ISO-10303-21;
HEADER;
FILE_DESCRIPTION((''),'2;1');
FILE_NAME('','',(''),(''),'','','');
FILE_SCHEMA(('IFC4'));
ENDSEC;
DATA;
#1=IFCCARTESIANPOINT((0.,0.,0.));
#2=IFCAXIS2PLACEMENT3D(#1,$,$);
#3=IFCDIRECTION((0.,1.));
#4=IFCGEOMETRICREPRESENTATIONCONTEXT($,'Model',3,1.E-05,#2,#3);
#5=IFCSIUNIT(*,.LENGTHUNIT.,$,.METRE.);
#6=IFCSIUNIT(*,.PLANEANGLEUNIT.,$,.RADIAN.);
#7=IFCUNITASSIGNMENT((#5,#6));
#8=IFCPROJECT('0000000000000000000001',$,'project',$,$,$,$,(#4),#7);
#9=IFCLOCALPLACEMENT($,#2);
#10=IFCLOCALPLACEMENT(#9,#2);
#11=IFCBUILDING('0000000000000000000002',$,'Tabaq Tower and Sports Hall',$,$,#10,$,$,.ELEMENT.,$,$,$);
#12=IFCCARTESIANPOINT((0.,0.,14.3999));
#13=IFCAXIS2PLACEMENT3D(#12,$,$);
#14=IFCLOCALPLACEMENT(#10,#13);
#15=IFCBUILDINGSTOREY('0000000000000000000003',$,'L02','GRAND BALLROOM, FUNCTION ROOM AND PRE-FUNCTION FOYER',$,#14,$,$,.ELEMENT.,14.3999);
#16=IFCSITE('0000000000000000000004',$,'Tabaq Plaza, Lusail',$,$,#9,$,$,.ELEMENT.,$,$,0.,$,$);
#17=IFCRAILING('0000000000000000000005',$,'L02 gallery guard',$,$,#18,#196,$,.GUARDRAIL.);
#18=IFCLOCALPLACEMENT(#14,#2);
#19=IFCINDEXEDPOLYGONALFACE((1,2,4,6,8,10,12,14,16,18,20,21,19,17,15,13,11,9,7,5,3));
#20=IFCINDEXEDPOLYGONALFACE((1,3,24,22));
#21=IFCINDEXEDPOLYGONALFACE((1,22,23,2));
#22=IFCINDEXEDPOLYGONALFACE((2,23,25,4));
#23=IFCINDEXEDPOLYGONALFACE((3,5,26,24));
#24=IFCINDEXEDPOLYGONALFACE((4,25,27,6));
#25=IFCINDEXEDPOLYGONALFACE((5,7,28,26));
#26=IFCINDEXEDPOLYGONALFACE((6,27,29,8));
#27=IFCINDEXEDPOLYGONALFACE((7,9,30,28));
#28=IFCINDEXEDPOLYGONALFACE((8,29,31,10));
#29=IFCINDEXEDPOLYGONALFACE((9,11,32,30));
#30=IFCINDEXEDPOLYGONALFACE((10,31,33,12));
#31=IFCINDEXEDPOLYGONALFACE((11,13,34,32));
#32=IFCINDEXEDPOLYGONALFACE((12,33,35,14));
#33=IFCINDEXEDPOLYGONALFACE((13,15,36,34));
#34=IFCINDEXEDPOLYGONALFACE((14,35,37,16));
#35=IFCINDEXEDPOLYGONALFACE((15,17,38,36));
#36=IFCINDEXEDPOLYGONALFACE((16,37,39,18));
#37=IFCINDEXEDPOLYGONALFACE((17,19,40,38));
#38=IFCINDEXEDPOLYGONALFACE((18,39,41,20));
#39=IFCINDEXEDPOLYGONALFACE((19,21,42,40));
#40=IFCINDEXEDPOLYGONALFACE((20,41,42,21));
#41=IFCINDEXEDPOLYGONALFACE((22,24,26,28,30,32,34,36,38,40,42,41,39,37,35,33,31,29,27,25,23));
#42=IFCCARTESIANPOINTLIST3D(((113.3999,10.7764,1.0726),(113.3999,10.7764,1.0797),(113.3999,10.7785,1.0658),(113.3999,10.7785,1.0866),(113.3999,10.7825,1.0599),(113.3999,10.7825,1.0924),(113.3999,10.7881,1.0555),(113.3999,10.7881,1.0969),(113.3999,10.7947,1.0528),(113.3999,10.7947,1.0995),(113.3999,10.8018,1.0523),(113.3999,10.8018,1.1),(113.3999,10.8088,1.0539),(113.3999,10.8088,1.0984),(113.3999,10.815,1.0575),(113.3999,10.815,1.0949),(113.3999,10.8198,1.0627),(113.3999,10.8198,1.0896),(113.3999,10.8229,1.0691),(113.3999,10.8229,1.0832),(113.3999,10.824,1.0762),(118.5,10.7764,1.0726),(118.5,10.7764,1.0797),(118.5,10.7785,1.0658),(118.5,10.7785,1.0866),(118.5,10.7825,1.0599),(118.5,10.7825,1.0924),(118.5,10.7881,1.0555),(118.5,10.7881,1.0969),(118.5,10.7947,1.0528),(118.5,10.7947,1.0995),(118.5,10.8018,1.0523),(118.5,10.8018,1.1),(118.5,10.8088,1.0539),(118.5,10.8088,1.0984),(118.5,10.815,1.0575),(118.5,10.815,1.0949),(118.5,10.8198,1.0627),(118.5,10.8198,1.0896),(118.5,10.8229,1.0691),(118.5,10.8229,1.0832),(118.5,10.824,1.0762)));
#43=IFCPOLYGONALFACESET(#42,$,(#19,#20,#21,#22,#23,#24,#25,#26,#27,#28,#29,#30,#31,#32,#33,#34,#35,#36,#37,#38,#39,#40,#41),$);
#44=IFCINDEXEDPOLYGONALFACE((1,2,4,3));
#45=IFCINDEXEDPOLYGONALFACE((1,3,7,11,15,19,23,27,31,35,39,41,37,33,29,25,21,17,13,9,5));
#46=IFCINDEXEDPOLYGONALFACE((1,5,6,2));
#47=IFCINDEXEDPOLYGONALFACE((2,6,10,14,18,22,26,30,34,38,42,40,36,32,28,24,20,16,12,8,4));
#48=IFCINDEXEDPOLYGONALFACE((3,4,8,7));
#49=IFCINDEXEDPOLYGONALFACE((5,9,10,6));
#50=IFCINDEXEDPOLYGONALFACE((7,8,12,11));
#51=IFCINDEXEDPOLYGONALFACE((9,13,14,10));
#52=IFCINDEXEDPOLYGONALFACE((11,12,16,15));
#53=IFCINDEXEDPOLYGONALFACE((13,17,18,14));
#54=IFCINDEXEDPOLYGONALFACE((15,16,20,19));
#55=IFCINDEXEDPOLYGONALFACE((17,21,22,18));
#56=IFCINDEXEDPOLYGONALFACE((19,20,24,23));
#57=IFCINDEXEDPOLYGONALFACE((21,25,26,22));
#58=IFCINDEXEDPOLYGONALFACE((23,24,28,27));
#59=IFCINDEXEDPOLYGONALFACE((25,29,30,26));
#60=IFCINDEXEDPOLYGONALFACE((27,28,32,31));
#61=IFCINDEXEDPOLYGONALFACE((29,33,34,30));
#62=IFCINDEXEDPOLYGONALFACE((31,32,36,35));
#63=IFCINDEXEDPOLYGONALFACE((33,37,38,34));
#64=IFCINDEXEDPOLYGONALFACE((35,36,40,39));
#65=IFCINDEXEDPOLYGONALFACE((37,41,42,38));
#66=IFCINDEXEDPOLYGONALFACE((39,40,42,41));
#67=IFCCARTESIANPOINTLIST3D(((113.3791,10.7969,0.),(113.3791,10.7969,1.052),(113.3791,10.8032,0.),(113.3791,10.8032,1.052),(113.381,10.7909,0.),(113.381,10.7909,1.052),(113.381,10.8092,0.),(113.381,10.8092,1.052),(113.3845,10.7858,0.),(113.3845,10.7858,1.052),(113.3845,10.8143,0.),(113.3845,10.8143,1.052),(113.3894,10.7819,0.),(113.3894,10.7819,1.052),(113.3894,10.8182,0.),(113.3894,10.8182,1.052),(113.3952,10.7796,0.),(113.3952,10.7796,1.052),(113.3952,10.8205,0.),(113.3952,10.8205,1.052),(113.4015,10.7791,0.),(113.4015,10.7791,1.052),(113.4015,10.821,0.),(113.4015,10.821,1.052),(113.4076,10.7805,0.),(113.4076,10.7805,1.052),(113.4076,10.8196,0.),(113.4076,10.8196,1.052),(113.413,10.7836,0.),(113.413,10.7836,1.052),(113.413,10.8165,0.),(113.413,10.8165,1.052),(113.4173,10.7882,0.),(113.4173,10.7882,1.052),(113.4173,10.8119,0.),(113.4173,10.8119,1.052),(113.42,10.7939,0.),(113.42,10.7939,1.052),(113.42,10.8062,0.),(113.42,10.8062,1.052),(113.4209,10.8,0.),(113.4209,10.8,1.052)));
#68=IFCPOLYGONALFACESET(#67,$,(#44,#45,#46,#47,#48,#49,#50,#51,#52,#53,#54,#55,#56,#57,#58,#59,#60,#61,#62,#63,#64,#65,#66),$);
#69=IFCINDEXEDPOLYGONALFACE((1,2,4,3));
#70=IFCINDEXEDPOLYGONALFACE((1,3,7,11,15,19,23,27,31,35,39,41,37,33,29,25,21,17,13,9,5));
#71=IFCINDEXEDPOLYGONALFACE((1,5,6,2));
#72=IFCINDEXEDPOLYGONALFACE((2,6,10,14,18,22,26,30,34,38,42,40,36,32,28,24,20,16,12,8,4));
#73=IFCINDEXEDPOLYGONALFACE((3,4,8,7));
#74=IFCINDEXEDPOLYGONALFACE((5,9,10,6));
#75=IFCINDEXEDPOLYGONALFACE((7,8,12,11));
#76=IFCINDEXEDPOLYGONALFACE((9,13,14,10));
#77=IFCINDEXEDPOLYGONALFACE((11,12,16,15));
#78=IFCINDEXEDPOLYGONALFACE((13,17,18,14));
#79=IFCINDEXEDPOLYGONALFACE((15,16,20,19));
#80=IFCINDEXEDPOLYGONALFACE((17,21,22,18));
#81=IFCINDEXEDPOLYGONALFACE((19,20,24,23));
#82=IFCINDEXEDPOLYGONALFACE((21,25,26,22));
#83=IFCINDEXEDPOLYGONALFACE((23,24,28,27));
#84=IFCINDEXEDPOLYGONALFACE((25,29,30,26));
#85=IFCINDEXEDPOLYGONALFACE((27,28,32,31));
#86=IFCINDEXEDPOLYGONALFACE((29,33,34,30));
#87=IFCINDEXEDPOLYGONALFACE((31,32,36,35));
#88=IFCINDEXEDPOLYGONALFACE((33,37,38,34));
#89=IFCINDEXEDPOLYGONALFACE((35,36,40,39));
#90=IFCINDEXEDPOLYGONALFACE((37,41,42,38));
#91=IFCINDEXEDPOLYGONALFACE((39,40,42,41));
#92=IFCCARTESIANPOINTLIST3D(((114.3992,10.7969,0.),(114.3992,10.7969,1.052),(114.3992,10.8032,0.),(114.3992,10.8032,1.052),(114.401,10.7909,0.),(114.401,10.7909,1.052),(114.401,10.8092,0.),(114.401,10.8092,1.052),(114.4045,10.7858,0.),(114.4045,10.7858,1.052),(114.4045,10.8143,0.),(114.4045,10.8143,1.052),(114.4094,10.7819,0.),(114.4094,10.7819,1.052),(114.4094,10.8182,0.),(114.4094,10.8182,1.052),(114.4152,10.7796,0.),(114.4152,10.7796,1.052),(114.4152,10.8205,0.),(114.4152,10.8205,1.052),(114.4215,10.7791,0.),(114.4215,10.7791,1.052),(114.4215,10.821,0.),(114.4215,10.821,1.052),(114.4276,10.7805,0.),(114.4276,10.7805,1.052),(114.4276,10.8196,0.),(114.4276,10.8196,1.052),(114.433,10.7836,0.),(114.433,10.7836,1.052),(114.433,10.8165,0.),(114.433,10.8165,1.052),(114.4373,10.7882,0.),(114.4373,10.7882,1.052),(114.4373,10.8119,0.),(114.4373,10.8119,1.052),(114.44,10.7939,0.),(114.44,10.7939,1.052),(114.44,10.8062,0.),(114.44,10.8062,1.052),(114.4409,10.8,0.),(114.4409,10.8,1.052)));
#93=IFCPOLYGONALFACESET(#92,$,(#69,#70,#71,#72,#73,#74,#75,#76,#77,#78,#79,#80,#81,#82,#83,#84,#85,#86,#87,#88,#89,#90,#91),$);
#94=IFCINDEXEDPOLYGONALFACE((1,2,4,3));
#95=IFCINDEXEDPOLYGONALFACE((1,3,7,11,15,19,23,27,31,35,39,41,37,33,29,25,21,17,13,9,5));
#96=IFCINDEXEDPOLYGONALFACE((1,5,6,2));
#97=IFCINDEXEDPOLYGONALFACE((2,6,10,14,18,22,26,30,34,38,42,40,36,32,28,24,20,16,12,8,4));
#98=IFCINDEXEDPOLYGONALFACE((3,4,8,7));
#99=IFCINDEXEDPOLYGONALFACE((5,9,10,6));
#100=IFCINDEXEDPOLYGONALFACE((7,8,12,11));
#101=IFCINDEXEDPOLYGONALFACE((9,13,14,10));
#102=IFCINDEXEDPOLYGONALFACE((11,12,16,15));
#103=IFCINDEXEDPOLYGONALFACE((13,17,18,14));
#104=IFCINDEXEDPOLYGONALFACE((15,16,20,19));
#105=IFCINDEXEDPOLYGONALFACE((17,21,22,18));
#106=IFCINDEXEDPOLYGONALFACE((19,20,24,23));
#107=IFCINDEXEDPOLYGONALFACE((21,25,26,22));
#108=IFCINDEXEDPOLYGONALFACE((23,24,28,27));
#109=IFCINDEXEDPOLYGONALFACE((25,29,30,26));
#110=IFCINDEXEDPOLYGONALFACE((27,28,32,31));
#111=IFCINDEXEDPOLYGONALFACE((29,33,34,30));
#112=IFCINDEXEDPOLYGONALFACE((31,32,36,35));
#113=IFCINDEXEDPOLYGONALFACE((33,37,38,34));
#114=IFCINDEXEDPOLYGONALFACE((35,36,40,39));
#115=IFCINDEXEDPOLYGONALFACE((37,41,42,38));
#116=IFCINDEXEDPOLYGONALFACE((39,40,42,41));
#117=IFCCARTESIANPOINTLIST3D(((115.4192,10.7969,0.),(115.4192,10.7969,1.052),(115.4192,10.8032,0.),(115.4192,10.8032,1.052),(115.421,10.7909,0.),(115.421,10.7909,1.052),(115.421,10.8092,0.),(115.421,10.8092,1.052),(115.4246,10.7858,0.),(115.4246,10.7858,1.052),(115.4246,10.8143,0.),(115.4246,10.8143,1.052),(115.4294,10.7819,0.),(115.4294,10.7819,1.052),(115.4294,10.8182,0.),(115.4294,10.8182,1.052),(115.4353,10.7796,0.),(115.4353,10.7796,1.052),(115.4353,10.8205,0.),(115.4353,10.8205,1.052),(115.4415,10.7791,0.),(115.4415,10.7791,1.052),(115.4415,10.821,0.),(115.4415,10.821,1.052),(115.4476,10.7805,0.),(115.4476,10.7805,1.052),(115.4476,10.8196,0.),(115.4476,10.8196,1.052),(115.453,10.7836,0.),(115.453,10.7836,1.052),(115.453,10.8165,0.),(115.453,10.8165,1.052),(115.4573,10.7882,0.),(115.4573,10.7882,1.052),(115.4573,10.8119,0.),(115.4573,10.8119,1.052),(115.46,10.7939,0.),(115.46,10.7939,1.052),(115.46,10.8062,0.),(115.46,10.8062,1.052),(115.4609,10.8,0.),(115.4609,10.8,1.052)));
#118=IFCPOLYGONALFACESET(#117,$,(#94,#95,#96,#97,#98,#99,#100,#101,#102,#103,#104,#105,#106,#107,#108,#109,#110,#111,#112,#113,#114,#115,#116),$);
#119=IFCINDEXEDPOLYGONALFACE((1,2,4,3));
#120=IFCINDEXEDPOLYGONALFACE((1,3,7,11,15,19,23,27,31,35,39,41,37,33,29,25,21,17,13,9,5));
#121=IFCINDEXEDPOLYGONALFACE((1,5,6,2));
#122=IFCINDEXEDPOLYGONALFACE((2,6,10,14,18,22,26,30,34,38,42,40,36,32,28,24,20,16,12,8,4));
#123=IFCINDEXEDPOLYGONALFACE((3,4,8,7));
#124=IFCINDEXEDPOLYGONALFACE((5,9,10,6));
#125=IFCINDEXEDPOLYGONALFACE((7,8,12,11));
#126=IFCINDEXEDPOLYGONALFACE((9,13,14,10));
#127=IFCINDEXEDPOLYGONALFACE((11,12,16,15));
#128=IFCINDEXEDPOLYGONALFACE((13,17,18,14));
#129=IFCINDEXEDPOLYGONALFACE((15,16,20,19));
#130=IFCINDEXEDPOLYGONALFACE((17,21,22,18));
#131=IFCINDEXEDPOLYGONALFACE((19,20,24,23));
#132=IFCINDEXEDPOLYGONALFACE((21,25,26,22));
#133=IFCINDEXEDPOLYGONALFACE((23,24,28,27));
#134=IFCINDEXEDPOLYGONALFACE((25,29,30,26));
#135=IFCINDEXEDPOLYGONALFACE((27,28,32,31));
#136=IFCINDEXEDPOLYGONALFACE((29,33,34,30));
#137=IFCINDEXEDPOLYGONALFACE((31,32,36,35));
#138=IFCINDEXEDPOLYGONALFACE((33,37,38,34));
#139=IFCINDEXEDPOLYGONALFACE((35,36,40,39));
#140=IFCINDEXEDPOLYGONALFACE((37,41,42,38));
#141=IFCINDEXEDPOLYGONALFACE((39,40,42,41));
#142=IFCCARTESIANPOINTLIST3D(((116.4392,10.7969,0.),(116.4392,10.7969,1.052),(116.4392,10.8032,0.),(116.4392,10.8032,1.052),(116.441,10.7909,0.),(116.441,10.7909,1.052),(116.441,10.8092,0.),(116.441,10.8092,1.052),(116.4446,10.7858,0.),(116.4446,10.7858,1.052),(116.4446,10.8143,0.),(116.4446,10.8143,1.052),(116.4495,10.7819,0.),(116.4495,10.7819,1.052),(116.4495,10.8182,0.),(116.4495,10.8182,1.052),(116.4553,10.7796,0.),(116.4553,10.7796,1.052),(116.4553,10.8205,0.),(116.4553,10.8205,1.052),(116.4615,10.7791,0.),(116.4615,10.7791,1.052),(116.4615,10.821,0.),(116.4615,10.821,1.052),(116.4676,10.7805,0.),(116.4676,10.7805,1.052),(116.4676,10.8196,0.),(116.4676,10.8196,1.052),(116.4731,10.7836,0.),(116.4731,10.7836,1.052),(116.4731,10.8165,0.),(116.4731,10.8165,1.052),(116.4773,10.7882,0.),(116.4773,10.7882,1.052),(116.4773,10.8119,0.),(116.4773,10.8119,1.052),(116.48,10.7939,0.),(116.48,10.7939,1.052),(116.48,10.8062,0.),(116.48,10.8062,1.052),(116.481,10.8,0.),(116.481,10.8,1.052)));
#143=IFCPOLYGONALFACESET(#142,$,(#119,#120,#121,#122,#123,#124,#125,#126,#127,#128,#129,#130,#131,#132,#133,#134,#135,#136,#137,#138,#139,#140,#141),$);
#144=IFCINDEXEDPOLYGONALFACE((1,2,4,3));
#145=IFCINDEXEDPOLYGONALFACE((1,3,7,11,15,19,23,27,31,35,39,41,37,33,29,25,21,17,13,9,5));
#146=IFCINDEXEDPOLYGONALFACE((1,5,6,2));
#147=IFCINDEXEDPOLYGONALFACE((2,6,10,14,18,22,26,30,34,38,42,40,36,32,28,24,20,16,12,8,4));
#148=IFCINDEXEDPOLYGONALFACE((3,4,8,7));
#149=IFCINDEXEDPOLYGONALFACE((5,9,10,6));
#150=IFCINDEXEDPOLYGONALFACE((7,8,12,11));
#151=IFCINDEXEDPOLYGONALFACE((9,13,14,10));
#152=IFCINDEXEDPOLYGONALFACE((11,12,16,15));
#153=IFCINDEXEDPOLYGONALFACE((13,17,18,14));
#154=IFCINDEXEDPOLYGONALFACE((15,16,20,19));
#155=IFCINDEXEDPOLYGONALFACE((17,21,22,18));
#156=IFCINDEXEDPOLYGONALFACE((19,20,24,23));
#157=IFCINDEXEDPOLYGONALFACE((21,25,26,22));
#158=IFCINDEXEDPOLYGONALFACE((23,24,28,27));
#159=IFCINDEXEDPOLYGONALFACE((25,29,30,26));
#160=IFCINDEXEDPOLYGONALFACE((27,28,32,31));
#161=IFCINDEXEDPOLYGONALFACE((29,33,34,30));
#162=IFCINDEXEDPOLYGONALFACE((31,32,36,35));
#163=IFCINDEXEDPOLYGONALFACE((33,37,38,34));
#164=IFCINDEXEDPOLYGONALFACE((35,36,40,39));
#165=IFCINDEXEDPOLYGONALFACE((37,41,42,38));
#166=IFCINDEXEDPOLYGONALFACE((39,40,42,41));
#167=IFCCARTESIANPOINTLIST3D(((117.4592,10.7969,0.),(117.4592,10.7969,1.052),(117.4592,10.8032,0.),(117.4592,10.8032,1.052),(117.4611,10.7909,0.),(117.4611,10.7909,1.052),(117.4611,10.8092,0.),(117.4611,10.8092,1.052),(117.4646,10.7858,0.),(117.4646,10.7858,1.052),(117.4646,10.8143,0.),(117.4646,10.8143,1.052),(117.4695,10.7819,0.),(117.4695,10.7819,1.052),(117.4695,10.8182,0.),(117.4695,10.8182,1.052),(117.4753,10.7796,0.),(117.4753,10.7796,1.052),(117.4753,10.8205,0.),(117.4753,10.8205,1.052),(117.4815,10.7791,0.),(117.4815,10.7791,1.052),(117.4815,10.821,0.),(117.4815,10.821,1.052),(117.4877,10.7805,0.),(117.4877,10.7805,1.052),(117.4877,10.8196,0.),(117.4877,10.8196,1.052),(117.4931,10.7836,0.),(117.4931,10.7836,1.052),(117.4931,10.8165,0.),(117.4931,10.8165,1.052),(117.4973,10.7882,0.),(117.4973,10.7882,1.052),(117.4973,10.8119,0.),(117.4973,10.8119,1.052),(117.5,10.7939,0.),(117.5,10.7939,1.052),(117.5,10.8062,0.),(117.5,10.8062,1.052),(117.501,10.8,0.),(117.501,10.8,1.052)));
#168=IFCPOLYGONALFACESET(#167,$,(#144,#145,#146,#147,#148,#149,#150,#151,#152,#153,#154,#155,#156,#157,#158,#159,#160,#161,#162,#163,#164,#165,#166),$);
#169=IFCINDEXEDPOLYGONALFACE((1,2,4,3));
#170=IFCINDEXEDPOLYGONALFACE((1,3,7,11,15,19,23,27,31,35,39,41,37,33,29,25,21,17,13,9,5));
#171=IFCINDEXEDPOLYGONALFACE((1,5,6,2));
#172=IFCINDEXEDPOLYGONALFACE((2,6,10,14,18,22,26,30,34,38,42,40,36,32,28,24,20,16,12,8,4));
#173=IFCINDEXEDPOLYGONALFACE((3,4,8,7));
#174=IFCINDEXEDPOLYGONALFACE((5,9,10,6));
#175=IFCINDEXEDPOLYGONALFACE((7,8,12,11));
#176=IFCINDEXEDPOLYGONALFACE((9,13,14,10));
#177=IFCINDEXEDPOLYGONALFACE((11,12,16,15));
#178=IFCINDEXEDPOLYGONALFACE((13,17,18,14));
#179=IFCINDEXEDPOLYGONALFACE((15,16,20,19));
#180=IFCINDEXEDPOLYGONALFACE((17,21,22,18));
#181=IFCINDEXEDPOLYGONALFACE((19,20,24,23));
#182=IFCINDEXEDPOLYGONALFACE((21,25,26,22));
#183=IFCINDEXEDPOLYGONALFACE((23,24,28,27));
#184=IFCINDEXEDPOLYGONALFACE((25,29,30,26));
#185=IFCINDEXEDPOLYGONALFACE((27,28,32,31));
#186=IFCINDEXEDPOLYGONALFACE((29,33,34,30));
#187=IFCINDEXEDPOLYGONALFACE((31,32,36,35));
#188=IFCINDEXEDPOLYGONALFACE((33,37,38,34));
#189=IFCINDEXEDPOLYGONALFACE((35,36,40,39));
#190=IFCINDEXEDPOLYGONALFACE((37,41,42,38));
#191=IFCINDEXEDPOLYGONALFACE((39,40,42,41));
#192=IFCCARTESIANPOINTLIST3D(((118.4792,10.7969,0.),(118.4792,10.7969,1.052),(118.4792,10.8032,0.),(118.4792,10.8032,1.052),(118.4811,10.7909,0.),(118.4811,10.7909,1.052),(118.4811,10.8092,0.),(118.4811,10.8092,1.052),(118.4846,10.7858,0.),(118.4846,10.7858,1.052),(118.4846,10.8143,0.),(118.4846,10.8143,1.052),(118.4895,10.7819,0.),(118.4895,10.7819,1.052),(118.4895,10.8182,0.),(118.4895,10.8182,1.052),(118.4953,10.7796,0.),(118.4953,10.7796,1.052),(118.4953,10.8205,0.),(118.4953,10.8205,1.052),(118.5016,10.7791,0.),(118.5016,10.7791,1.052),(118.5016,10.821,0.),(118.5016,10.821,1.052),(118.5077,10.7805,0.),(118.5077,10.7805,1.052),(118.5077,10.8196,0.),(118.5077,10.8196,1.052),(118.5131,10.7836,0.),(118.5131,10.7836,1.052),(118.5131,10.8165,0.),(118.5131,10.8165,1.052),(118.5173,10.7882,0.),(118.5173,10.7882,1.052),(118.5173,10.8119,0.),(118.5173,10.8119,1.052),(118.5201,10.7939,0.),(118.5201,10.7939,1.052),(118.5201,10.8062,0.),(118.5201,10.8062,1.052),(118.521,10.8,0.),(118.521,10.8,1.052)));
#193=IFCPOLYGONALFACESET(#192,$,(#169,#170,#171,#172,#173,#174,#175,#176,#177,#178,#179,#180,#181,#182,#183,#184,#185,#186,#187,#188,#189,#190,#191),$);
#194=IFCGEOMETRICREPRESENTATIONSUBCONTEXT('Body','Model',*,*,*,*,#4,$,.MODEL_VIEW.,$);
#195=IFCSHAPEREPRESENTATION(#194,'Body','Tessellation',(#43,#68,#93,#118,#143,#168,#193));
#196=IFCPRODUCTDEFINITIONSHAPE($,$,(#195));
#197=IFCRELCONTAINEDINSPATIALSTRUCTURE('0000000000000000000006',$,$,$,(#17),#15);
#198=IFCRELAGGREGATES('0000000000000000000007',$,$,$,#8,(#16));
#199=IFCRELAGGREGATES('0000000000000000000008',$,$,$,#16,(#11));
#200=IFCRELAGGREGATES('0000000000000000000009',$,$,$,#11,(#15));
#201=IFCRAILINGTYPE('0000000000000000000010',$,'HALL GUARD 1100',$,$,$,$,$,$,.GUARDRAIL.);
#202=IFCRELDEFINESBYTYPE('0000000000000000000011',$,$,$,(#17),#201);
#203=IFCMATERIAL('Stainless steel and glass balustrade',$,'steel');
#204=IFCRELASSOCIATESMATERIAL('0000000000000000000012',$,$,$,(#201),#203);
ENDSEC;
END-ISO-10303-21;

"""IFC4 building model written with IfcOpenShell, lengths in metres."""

from ifc_helpers import new_model, si_unit, direction, frame, origin, origin_2d, place, context, subcontext, project, spatial, circle, extrude, material, type_object, element, save


model = new_model("IFC4")

# Units and contexts
model_context = context("Model", 3, precision=1e-05, world=origin(), true_north=direction((0.0, 1.0)))
body_context = subcontext(model_context, "Body", "Model", "MODEL_VIEW")
ifc_project = project(units=[si_unit("LENGTHUNIT", "METRE"), si_unit("PLANEANGLEUNIT", "RADIAN")], contexts=[model_context])

# Site, building, storey
site_placement = place(None, origin())
site = spatial("IfcSite", under=ifc_project, at=site_placement, Name="Tabaq Plaza, Lusail", CompositionType="ELEMENT", RefElevation=0.0)
building_placement = place(site_placement, origin())
building = spatial("IfcBuilding", under=site, at=building_placement, Name="Tabaq Tower and Sports Hall", CompositionType="ELEMENT")
storey_placement = place(building_placement, frame((0.0, 0.0, 14.3999)))
storey = spatial("IfcBuildingStorey", under=building, at=storey_placement, Name="L02", Description="GRAND BALLROOM, FUNCTION ROOM AND PRE-FUNCTION FOYER", CompositionType="ELEMENT", Elevation=14.3999)

# Railing
ifc_material_1 = material(Name="Stainless steel and glass balustrade", Category="steel")
railing_type = type_object("IfcRailingType", Name="HALL GUARD 1100", PredefinedType="GUARDRAIL", material=ifc_material_1)
for number, where, name in (
    (1, (113.3999, 10.8, 0.0), "L02 gallery guard"),
):
    element("IfcRailing", number, at=place(storey_placement, frame(where)), inside=storey, type_object=railing_type, Name=name, PredefinedType="GUARDRAIL", context=body_context, shape_type="SweptSolid", body=[
        extrude(circle(Radius=0.0239, at=origin_2d()), frame((0.0, 0.0, 1.0762), z_axis=(1.0, 0.0, 0.0), x_axis=(0.0, 1.0, 0.0)), (0.0, 0.0, 1.0), 5.1001),
        extrude(circle(Radius=0.021, at=origin_2d()), origin(), (0.0, 0.0, 1.0), 1.052),
        extrude(circle(Radius=0.021, at=origin_2d()), frame((1.02, 0.0, 0.0)), (0.0, 0.0, 1.0), 1.052),
        extrude(circle(Radius=0.021, at=origin_2d()), frame((2.04, 0.0, 0.0)), (0.0, 0.0, 1.0), 1.052),
        extrude(circle(Radius=0.021, at=origin_2d()), frame((3.0601, 0.0, 0.0)), (0.0, 0.0, 1.0), 1.052),
        extrude(circle(Radius=0.021, at=origin_2d()), frame((4.0801, 0.0, 0.0)), (0.0, 0.0, 1.0), 1.052),
        extrude(circle(Radius=0.021, at=origin_2d()), frame((5.1001, 0.0, 0.0)), (0.0, 0.0, 1.0), 1.052),
    ])

save(model, "model.ifc")
